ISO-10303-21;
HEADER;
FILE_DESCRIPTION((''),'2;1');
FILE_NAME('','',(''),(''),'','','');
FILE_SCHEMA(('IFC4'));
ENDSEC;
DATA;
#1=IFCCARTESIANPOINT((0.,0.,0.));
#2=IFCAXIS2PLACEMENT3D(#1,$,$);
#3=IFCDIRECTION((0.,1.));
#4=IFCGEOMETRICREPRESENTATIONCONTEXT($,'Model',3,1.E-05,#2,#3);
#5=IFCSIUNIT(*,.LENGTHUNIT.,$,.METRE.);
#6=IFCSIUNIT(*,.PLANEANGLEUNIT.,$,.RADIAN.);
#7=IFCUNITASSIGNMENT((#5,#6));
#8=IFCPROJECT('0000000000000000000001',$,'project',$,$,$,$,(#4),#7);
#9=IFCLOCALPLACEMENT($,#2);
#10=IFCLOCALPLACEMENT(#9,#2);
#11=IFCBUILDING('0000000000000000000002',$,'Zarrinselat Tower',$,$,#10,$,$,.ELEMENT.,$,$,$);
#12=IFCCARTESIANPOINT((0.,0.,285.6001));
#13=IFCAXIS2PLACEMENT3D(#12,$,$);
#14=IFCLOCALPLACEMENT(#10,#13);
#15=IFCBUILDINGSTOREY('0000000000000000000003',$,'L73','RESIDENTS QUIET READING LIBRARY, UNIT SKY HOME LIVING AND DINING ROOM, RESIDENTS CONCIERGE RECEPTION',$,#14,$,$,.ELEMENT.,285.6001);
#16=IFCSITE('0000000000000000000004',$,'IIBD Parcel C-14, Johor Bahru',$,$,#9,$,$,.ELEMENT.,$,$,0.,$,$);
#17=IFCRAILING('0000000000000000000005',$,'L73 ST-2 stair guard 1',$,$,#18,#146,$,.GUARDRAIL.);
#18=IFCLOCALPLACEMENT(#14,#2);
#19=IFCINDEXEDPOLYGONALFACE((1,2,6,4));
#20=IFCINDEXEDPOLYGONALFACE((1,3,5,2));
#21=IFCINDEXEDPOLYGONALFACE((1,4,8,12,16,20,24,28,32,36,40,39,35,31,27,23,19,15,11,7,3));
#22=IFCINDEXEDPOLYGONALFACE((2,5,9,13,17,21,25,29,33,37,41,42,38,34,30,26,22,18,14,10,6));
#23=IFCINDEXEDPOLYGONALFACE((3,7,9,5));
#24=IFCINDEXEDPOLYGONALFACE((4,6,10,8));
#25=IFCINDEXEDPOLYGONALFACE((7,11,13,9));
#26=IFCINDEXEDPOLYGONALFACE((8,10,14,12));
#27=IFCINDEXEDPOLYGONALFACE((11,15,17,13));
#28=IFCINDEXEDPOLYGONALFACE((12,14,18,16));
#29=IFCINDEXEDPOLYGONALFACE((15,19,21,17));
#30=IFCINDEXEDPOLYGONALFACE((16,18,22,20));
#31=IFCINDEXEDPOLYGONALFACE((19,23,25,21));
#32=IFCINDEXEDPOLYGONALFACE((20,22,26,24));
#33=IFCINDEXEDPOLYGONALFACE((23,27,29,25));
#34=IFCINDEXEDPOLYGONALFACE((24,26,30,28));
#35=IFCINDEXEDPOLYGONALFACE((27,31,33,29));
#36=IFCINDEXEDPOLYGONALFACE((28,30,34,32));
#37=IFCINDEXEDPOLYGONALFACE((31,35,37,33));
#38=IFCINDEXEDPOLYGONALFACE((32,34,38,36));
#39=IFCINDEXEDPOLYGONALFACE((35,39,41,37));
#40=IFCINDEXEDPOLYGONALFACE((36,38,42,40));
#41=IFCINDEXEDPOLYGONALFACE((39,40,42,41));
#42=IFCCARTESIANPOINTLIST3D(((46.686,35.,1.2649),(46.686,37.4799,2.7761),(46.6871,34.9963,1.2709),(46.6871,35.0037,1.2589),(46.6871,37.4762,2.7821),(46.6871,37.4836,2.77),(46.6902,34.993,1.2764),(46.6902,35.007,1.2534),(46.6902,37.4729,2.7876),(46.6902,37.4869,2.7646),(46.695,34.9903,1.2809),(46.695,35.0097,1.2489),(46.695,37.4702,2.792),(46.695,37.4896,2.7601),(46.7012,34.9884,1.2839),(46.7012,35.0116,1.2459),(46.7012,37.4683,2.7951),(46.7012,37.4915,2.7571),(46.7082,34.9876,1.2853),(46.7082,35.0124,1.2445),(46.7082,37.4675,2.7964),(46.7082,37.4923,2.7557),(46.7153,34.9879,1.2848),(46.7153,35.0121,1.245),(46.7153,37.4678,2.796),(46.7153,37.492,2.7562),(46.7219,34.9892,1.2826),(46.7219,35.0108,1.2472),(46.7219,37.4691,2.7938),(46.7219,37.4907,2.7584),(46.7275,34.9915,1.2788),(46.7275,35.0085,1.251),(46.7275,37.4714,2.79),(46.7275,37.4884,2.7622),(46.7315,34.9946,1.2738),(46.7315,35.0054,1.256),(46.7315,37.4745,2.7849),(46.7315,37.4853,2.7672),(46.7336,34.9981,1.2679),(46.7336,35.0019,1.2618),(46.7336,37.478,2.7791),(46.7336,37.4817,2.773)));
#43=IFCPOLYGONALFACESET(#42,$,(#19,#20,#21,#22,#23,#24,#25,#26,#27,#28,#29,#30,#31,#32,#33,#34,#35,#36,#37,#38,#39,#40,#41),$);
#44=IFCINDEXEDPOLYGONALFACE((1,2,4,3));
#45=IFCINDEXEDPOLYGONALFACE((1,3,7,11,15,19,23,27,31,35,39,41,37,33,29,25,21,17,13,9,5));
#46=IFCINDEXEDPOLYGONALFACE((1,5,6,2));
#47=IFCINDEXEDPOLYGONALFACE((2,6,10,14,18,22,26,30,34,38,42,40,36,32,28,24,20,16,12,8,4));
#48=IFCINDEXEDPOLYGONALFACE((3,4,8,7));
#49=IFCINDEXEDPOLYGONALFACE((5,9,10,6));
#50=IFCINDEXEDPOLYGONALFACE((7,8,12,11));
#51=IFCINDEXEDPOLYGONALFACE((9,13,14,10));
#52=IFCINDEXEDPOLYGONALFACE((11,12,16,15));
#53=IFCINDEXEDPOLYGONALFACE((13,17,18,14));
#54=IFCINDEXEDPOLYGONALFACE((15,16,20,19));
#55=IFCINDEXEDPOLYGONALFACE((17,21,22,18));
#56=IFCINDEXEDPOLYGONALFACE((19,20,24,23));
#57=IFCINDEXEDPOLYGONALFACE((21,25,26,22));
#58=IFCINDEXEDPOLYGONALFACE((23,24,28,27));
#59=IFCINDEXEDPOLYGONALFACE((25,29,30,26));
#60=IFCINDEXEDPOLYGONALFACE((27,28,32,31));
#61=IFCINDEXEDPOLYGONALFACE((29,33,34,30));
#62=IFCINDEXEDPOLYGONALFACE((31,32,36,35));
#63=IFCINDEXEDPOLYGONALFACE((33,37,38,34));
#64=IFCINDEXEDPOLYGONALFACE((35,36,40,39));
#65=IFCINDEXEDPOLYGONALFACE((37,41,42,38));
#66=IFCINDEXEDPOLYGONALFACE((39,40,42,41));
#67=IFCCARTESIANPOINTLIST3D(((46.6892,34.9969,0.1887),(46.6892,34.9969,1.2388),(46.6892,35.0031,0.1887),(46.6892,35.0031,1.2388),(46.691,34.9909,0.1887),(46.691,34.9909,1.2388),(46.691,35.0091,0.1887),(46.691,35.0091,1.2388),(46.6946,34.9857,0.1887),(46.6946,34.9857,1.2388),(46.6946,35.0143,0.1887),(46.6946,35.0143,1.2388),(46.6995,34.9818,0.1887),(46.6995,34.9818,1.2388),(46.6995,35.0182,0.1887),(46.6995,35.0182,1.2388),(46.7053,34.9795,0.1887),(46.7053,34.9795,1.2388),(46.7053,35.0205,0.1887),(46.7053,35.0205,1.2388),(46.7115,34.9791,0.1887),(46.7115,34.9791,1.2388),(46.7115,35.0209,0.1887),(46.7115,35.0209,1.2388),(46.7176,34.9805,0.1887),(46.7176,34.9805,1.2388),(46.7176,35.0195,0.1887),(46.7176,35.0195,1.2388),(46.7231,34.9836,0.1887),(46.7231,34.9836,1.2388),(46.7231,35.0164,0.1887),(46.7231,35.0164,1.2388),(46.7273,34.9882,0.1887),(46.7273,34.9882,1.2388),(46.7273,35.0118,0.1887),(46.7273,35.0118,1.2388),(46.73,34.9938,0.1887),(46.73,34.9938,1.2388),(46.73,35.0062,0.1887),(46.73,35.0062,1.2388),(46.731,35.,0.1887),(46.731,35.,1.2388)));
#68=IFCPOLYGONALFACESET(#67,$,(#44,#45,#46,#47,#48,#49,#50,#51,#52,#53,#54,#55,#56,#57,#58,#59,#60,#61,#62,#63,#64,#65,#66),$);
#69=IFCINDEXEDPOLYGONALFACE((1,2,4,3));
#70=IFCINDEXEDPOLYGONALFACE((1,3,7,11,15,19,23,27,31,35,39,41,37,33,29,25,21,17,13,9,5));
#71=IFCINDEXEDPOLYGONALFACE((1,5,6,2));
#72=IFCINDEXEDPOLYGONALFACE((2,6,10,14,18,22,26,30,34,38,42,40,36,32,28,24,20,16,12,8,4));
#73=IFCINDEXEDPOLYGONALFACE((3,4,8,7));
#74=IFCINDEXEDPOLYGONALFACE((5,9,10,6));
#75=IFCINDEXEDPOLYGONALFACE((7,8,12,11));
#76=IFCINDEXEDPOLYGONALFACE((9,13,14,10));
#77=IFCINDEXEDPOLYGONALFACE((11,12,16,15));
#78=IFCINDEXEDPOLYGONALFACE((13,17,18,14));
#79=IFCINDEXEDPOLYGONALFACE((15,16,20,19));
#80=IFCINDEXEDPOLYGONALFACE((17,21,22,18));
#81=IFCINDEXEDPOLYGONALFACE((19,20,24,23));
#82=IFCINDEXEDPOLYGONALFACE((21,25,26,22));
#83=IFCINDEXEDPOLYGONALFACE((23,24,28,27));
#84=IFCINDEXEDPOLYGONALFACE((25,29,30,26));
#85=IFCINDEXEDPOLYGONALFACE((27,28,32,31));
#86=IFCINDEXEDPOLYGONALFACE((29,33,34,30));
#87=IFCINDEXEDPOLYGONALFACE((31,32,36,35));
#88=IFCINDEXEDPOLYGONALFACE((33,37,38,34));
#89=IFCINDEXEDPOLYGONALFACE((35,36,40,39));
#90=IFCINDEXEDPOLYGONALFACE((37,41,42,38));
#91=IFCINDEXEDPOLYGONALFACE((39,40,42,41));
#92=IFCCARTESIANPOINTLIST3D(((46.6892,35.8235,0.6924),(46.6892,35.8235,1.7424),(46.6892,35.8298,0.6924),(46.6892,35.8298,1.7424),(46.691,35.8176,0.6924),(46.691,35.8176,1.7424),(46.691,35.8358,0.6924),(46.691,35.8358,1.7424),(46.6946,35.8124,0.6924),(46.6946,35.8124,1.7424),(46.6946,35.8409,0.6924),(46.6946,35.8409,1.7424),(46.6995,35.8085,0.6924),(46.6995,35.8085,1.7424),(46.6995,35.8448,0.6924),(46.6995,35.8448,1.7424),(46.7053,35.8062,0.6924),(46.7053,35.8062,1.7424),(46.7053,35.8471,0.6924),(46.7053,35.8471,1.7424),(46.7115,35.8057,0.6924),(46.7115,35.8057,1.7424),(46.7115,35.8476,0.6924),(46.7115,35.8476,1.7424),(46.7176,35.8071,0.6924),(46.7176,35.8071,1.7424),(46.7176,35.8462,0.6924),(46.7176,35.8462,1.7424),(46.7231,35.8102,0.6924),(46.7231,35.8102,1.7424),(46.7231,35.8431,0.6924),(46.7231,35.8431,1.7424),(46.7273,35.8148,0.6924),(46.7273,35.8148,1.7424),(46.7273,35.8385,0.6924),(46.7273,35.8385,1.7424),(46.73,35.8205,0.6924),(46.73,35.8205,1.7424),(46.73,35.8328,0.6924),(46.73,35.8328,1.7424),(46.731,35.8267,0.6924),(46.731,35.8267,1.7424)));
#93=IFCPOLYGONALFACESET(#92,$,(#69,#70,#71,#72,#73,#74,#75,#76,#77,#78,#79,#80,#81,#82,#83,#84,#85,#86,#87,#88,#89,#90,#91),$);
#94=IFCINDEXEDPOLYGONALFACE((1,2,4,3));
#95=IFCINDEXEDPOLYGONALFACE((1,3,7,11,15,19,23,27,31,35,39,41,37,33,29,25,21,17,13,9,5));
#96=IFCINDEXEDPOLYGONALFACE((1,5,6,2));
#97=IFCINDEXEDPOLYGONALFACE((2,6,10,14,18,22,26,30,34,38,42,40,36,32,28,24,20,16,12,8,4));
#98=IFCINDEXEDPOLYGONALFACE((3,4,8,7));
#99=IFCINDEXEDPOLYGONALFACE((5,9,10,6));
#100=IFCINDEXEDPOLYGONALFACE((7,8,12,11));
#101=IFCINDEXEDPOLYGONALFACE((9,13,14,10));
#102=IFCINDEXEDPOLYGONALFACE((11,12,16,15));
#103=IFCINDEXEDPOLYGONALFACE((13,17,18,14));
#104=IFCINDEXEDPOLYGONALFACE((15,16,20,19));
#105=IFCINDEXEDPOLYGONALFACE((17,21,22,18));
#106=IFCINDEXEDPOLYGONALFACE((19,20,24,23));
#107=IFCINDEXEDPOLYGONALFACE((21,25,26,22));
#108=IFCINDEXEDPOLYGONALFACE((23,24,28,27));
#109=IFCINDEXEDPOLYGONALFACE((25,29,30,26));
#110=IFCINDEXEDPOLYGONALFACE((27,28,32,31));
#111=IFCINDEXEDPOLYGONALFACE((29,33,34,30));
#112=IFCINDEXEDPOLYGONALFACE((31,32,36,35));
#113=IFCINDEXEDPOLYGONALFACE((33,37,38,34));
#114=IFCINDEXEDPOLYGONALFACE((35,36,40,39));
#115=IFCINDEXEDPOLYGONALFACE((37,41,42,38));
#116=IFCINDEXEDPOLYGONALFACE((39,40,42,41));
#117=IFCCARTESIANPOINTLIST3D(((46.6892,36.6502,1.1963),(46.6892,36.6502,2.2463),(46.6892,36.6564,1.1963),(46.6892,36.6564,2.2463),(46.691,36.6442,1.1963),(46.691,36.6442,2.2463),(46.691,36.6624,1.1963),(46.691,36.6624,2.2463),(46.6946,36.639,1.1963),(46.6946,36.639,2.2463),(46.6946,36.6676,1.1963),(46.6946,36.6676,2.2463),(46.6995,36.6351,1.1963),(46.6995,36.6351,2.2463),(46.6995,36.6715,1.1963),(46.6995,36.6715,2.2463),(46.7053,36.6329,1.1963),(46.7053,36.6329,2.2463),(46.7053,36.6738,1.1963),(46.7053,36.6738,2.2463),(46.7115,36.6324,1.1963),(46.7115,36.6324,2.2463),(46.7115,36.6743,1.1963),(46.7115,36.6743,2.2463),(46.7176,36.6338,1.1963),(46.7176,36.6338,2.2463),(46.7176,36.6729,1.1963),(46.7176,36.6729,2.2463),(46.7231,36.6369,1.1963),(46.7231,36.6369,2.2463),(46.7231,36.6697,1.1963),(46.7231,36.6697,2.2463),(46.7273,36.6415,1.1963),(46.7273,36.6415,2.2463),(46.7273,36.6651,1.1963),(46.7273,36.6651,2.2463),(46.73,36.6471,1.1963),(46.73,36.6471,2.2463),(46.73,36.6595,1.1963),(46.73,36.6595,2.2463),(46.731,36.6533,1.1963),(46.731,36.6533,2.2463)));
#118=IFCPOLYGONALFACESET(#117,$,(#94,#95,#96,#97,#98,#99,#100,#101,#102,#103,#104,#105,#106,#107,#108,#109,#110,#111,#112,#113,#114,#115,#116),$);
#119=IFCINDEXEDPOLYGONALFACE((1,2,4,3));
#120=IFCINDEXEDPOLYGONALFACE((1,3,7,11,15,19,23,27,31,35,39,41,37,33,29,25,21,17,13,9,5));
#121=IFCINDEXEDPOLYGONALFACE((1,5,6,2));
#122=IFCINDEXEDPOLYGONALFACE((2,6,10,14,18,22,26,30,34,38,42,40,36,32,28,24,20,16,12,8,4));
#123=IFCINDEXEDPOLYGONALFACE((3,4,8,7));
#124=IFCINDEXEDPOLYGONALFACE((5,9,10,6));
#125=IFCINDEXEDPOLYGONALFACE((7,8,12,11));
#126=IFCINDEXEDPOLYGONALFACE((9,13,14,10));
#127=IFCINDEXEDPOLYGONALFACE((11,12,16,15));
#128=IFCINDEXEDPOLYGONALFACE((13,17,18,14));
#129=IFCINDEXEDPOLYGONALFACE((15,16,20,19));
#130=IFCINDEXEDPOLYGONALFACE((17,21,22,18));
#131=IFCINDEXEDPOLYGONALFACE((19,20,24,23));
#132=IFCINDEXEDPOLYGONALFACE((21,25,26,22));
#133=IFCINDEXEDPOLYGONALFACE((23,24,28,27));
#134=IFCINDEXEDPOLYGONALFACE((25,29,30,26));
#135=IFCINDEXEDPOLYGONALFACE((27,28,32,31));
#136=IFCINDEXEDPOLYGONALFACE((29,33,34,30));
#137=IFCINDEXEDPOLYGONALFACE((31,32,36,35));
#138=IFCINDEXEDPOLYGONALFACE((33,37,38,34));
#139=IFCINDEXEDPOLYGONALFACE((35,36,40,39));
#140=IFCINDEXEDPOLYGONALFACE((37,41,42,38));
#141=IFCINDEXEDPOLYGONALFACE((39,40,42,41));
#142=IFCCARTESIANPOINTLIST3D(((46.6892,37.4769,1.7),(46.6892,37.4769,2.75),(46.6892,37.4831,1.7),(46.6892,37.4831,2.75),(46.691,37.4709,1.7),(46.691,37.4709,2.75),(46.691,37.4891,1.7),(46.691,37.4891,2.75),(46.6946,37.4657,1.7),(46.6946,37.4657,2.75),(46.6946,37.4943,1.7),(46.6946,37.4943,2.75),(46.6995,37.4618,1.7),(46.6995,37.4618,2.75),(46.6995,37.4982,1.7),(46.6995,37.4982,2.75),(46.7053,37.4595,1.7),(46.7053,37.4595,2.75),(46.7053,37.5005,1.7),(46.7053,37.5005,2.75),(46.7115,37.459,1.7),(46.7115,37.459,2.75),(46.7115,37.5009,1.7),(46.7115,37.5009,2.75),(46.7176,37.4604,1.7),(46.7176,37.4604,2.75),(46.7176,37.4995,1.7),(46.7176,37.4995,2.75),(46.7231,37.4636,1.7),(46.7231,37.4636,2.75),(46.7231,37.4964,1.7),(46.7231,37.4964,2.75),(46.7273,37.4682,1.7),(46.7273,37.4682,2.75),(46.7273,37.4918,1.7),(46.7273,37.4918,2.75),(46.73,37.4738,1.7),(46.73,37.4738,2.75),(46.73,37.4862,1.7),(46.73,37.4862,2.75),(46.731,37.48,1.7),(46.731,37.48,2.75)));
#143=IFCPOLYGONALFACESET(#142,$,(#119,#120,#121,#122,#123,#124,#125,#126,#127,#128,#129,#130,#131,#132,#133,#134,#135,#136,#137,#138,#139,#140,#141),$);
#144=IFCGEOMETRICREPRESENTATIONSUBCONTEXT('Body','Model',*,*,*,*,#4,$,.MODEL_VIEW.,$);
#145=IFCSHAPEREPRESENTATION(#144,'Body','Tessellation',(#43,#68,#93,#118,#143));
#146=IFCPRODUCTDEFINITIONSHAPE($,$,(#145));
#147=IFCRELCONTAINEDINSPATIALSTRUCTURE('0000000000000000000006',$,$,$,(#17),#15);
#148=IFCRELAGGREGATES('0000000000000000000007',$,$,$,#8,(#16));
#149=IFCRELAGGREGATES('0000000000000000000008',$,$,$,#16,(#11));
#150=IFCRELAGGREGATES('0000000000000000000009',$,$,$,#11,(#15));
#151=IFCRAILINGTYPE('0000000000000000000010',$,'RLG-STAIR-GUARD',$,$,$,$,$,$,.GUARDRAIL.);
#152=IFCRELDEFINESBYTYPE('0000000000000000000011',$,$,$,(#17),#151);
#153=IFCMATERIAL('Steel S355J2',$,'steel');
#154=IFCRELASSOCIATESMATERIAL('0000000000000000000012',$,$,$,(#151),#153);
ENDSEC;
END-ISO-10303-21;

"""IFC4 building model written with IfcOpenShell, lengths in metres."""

from ifc_helpers import new_model, si_unit, direction, frame, origin, origin_2d, place, context, subcontext, project, spatial, circle, extrude, material, type_object, element, save


model = new_model("IFC4")

# Units and contexts
model_context = context("Model", 3, precision=1e-05, world=origin(), true_north=direction((0.0, 1.0)))
body_context = subcontext(model_context, "Body", "Model", "MODEL_VIEW")
ifc_project = project(units=[si_unit("LENGTHUNIT", "METRE"), si_unit("PLANEANGLEUNIT", "RADIAN")], contexts=[model_context])

# Site, building, storey
site_placement = place(None, origin())
site = spatial("IfcSite", under=ifc_project, at=site_placement, Name="IIBD Parcel C-14, Johor Bahru", CompositionType="ELEMENT", RefElevation=0.0)
building_placement = place(site_placement, origin())
building = spatial("IfcBuilding", under=site, at=building_placement, Name="Zarrinselat Tower", CompositionType="ELEMENT")
storey_placement = place(building_placement, frame((0.0, 0.0, 285.6001)))
storey = spatial("IfcBuildingStorey", under=building, at=storey_placement, Name="L73", Description="RESIDENTS QUIET READING LIBRARY, UNIT SKY HOME LIVING AND DINING ROOM, RESIDENTS CONCIERGE RECEPTION", CompositionType="ELEMENT", Elevation=285.6001)

# Railing
ifc_material_1 = material(Name="Steel S355J2", Category="steel")
railing_type_1 = type_object("IfcRailingType", Name="RLG-STAIR-GUARD", PredefinedType="GUARDRAIL", material=ifc_material_1)
railing_1_placement = place(storey_placement, frame((46.71, 35.0, 0.1887)))
element("IfcRailing", 1, at=railing_1_placement, inside=storey, type_object=railing_type_1, Name="L73 ST-2 stair guard 1", PredefinedType="GUARDRAIL", context=body_context, shape_type="SweptSolid", body=[
    extrude(circle(Radius=0.0239, at=origin_2d()), frame((0.0, 0.0, 1.0762), z_axis=(0.0, 0.853942, 0.520368), x_axis=(-1.0, 0.0, 0.0)), (0.0, 0.0, 1.0), 2.9041),
    extrude(circle(Radius=0.021, at=origin_2d()), origin(), (0.0, 0.0, 1.0), 1.05),
    extrude(circle(Radius=0.021, at=origin_2d()), frame((0.0, 0.8267, 0.5037)), (0.0, 0.0, 1.0), 1.05),
    extrude(circle(Radius=0.021, at=origin_2d()), frame((0.0, 1.6533, 1.0076)), (0.0, 0.0, 1.0), 1.05),
    extrude(circle(Radius=0.021, at=origin_2d()), frame((0.0, 2.48, 1.5112)), (0.0, 0.0, 1.0), 1.05),
])

save(model, "model.ifc")
